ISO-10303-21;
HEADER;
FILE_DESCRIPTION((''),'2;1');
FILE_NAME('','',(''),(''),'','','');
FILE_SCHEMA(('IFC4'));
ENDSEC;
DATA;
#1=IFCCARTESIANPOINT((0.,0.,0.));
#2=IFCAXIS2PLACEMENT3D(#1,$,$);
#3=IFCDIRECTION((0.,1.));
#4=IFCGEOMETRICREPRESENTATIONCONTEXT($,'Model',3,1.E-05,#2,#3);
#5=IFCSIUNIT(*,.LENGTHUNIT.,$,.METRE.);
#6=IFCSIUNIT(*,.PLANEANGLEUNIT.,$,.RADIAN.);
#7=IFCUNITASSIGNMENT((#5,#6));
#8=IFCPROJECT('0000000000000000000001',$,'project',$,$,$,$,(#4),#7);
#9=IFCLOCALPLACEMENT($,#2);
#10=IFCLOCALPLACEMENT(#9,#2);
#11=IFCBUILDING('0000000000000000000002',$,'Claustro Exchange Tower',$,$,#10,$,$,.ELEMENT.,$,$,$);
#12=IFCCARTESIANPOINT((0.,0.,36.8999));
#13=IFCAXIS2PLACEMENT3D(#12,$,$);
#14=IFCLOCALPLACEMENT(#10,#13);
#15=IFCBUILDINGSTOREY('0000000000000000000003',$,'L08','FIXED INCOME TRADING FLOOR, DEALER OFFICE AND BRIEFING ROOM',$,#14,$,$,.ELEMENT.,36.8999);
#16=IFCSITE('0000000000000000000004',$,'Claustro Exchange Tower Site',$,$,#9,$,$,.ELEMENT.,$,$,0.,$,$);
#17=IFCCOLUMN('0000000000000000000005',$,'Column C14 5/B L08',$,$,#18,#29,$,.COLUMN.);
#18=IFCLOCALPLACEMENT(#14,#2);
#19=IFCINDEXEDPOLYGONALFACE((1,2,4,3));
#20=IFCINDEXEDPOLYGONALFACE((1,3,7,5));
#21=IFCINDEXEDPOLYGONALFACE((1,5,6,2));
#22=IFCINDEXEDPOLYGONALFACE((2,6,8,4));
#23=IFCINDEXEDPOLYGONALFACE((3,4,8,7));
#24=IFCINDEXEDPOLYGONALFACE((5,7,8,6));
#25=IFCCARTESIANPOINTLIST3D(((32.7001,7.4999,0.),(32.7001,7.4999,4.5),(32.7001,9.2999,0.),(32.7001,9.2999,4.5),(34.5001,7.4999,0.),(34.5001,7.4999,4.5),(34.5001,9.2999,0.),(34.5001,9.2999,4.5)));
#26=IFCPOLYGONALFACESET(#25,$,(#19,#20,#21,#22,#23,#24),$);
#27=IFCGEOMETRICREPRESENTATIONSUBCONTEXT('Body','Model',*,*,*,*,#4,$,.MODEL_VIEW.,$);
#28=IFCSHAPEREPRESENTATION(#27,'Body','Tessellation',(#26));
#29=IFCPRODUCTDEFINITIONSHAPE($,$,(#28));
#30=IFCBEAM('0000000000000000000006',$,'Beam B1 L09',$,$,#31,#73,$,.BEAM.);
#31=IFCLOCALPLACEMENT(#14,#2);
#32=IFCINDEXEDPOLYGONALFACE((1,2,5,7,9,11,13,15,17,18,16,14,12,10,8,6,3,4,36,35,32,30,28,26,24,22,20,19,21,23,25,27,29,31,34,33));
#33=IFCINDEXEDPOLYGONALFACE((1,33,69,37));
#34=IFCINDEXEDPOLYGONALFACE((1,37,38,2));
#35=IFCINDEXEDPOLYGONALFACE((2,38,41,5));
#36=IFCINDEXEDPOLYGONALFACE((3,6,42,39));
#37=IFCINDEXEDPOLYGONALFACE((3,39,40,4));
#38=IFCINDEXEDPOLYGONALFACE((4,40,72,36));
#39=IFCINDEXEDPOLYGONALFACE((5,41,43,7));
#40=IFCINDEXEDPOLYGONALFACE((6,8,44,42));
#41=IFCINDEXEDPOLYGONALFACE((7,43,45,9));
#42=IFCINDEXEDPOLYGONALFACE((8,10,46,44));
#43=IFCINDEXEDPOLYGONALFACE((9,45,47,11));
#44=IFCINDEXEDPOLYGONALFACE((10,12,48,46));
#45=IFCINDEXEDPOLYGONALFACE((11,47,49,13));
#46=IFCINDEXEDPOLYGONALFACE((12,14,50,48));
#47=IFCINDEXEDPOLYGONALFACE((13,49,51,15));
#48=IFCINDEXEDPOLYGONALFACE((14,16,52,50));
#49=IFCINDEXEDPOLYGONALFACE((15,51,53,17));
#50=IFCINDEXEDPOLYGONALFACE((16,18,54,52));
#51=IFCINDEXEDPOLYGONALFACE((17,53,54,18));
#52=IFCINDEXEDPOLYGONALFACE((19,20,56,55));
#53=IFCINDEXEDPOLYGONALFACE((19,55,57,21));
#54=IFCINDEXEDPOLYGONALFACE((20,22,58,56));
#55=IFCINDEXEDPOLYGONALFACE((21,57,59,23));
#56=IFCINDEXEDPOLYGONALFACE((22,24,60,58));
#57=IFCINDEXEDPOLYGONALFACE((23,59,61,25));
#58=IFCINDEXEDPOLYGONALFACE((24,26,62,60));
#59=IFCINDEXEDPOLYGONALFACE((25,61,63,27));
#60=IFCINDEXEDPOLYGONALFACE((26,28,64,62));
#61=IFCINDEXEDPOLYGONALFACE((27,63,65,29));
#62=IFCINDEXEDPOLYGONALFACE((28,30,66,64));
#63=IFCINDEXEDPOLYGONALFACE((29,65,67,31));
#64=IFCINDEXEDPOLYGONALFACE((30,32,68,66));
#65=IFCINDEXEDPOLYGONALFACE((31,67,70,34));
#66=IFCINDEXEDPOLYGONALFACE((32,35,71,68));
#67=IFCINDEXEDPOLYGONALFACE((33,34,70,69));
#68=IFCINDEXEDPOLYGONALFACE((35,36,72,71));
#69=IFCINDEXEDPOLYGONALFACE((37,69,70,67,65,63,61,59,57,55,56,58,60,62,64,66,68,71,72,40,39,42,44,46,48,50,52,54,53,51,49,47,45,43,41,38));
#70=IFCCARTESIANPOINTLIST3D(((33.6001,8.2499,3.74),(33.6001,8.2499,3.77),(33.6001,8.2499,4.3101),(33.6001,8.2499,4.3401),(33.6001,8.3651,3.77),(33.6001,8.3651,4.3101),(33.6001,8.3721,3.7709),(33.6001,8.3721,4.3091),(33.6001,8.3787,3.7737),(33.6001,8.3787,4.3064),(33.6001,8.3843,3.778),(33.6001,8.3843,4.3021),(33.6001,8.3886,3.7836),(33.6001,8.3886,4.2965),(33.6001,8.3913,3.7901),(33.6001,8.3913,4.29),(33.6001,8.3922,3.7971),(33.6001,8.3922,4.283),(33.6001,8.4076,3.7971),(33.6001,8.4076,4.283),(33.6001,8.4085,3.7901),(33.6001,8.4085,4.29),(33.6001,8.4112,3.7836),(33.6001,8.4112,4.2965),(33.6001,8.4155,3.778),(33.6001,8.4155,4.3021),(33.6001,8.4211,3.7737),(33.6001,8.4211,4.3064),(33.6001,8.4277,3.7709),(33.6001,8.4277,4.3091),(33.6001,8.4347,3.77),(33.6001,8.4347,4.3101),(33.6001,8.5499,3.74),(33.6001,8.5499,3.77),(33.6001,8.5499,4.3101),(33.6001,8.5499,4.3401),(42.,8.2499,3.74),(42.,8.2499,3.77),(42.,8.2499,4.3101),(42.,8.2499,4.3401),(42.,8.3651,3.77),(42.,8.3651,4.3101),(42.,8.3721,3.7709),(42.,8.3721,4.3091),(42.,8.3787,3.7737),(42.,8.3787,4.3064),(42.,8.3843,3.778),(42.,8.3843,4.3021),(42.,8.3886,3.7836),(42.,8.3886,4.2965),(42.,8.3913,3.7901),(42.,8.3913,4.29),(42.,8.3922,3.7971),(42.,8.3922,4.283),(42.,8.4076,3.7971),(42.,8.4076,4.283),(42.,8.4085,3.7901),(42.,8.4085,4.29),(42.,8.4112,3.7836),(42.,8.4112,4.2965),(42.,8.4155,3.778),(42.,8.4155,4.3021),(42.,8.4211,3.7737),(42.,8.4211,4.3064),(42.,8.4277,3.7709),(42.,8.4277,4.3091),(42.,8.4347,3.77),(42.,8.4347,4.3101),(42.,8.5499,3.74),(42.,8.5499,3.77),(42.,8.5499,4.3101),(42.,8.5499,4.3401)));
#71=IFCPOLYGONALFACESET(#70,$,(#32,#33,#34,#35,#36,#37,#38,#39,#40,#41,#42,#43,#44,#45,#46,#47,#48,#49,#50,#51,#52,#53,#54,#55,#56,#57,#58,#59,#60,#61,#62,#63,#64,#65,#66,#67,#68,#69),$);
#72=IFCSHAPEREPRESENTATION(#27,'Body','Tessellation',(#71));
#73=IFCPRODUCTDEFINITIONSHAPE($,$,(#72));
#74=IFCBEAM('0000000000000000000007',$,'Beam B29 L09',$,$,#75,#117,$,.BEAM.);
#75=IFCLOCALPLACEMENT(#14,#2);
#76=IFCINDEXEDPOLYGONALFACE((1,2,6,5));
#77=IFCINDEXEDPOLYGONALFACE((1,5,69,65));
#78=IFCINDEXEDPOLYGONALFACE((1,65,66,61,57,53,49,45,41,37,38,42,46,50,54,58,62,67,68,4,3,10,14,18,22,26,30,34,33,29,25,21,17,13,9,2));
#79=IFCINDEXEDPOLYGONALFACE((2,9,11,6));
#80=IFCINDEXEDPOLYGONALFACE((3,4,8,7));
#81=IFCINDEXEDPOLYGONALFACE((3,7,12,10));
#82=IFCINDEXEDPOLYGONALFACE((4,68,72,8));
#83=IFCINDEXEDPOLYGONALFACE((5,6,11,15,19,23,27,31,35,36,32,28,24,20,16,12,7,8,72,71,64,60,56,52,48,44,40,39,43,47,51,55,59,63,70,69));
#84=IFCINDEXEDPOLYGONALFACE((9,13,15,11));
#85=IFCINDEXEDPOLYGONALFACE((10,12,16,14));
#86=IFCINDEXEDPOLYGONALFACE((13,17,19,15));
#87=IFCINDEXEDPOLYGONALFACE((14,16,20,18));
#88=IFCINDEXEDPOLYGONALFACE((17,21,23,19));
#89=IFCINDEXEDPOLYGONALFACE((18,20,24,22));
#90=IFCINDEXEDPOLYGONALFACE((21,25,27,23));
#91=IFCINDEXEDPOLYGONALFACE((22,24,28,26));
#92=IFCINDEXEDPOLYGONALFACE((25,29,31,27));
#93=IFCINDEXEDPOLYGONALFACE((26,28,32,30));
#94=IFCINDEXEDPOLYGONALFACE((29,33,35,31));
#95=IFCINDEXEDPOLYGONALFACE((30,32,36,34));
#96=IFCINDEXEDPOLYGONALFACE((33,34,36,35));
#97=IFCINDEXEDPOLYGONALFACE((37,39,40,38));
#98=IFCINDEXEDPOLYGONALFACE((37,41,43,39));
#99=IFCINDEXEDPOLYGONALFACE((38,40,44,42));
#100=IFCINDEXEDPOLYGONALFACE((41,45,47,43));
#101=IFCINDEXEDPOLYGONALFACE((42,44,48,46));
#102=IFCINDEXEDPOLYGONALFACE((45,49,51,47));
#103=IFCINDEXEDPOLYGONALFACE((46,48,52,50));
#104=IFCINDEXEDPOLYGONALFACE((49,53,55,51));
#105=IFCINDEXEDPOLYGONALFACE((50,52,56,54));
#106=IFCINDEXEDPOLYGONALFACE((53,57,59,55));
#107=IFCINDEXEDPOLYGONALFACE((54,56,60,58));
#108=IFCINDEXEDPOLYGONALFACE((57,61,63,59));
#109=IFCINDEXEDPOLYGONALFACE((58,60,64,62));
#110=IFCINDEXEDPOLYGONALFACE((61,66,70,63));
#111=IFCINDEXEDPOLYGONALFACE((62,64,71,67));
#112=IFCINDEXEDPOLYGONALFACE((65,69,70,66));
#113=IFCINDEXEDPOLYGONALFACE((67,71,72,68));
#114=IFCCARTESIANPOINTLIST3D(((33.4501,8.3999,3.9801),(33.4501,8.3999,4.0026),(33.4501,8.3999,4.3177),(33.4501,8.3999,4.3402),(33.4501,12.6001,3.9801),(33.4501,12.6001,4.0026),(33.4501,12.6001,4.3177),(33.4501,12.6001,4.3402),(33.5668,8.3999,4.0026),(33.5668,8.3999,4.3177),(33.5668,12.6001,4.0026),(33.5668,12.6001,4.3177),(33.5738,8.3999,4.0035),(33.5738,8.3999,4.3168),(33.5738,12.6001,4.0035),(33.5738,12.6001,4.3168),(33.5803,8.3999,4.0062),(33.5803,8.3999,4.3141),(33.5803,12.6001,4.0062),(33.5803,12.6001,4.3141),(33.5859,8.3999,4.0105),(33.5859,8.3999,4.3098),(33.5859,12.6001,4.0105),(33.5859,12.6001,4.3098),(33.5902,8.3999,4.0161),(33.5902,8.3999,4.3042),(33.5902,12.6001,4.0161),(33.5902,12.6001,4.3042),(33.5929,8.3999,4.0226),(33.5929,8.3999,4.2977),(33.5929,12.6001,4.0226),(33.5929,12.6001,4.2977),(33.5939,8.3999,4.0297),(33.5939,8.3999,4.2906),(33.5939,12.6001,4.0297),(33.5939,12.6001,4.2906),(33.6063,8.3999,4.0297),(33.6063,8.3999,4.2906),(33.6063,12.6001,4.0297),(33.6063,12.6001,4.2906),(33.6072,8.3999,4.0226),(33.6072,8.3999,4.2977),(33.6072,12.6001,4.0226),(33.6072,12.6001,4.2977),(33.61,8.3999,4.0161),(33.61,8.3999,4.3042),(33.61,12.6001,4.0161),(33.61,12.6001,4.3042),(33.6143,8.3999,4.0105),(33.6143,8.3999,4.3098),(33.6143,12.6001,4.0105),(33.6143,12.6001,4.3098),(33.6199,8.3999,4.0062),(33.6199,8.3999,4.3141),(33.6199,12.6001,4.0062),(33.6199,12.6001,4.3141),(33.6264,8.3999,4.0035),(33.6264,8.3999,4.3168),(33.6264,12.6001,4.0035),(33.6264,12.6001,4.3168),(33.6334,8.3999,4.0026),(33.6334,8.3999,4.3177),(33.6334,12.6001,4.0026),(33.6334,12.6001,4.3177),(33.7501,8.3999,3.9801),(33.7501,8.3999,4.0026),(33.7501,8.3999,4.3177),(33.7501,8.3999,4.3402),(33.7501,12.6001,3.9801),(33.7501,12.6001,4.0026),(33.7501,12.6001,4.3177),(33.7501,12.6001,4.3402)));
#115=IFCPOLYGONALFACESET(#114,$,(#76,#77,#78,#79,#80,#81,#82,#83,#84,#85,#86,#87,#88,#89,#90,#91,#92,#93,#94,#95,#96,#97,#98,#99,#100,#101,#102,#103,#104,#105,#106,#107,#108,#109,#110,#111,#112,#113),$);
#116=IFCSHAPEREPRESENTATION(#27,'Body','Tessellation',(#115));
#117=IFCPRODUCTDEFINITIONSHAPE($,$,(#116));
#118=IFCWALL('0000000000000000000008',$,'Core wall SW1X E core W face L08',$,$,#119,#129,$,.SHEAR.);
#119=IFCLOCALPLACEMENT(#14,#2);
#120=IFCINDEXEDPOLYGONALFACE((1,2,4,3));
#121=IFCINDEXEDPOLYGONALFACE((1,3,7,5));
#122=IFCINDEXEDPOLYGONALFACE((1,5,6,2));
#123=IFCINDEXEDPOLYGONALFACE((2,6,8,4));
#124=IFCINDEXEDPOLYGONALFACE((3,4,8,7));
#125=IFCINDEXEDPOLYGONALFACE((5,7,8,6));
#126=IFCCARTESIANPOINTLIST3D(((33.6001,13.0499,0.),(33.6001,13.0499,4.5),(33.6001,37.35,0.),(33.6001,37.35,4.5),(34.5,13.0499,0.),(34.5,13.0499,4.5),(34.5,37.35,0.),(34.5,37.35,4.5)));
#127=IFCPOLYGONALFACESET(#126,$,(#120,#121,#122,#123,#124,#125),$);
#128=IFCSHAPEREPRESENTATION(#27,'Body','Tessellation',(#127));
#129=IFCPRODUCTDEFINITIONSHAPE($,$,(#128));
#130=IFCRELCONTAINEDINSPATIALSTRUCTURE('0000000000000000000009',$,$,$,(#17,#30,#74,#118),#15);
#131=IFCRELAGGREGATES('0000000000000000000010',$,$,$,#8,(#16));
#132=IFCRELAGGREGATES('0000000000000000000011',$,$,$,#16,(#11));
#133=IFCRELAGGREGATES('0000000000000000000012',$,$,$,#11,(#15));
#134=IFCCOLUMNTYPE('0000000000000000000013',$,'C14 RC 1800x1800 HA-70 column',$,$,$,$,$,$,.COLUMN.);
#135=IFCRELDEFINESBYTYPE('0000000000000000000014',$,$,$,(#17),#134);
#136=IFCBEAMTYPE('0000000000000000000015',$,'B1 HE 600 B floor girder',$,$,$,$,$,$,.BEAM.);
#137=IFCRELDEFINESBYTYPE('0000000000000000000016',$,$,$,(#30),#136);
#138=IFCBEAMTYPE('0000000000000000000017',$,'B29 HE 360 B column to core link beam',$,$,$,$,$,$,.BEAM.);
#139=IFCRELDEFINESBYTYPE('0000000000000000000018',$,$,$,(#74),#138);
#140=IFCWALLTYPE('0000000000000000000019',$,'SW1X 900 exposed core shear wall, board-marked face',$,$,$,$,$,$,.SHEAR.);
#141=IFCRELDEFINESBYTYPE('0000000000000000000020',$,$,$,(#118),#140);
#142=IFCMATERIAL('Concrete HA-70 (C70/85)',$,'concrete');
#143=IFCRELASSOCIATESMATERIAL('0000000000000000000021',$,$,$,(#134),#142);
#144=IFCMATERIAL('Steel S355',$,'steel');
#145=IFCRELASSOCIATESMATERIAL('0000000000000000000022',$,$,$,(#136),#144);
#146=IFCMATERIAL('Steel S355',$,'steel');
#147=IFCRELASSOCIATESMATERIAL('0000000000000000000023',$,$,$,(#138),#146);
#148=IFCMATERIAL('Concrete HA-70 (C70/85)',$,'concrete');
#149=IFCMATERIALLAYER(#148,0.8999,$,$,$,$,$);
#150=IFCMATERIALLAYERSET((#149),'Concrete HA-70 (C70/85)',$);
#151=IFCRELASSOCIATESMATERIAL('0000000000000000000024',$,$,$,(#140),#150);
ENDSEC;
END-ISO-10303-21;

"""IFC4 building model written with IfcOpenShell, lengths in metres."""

from ifc_helpers import new_model, si_unit, direction, frame, frame_2d, origin, origin_2d, place, context, subcontext, project, spatial, rectangle, i_section, extrude, material, layer, layer_set, material_profile, profile_set, type_object, element, save


model = new_model("IFC4")

# Units and contexts
model_context = context("Model", 3, precision=1e-05, world=origin(), true_north=direction((0.0, 1.0)))
body_context = subcontext(model_context, "Body", "Model", "MODEL_VIEW")
ifc_project = project(units=[si_unit("LENGTHUNIT", "METRE"), si_unit("PLANEANGLEUNIT", "RADIAN")], contexts=[model_context])

# Site, building, storey
site_placement = place(None, origin())
site = spatial("IfcSite", under=ifc_project, at=site_placement, Name="Claustro Exchange Tower Site", CompositionType="ELEMENT", RefElevation=0.0)
building_placement = place(site_placement, origin())
building = spatial("IfcBuilding", under=site, at=building_placement, Name="Claustro Exchange Tower", CompositionType="ELEMENT")
storey_placement = place(building_placement, frame((0.0, 0.0, 36.8999)))
storey = spatial("IfcBuildingStorey", under=building, at=storey_placement, Name="L08", Description="FIXED INCOME TRADING FLOOR, DEALER OFFICE AND BRIEFING ROOM", CompositionType="ELEMENT", Elevation=36.8999)

# Column
ifc_material_1 = material(Name="Concrete HA-70 (C70/85)", Category="concrete")
ifc_material_profile_1 = material_profile(ifc_material_1, rectangle(XDim=1.8, YDim=1.8, at=origin_2d()), Name="RC 1800x1800")
ifc_profile_set_1 = profile_set([ifc_material_profile_1], Name="Concrete HA-70 (C70/85)")
column_type = type_object("IfcColumnType", Name="C14 RC 1800x1800 HA-70 column", PredefinedType="COLUMN", material=ifc_profile_set_1)
column_placement = place(storey_placement, frame((33.6001, 8.3999, 0.0), z_axis=(0.0, 0.0, 1.0), x_axis=(1.0, 0.0, 0.0)))
element("IfcColumn", 1, at=column_placement, inside=storey, type_object=column_type, Name="Column C14 5/B L08", PredefinedType="COLUMN", context=body_context, shape_type="SweptSolid", body=[
    extrude(rectangle(XDim=1.8, YDim=1.8, at=origin_2d()), origin(), (0.0, 0.0, 1.0), 4.5),
])

# Beams
ifc_material_2 = material(Name="Steel S355", Category="steel")
ifc_material_profile_2 = material_profile(ifc_material_2, i_section(OverallWidth=0.3, OverallDepth=0.6001, WebThickness=0.0154, FlangeThickness=0.03, FilletRadius=0.0271, at=origin_2d()), Name="HE 600 B")
ifc_profile_set_2 = profile_set([ifc_material_profile_2], Name="Steel S355")
beam_type_1 = type_object("IfcBeamType", Name="B1 HE 600 B floor girder", PredefinedType="BEAM", material=ifc_profile_set_2)
beam_1_placement = place(storey_placement, frame((33.6001, 8.3999, 4.04), z_axis=(1.0, 0.0, 0.0), x_axis=(0.0, 1.0, 0.0)))
element("IfcBeam", 2, at=beam_1_placement, inside=storey, type_object=beam_type_1, Name="Beam B1 L09", PredefinedType="BEAM", context=body_context, shape_type="SweptSolid", body=[
    extrude(i_section(OverallWidth=0.3, OverallDepth=0.6001, WebThickness=0.0154, FlangeThickness=0.03, FilletRadius=0.0271, at=origin_2d()), origin(), (0.0, 0.0, 1.0), 8.3999),
])
ifc_material_3 = material(Name="Steel S355", Category="steel")
ifc_material_profile_3 = material_profile(ifc_material_3, i_section(OverallWidth=0.3, OverallDepth=0.3601, WebThickness=0.0125, FlangeThickness=0.0225, FilletRadius=0.0271, at=origin_2d()), Name="HE 360 B")
ifc_profile_set_3 = profile_set([ifc_material_profile_3], Name="Steel S355")
beam_type_2 = type_object("IfcBeamType", Name="B29 HE 360 B column to core link beam", PredefinedType="BEAM", material=ifc_profile_set_3)
beam_2_placement = place(storey_placement, frame((33.6001, 8.3999, 4.1602), z_axis=(0.0, 1.0, 0.0), x_axis=(-1.0, 0.0, 0.0)))
element("IfcBeam", 3, at=beam_2_placement, inside=storey, type_object=beam_type_2, Name="Beam B29 L09", PredefinedType="BEAM", context=body_context, shape_type="SweptSolid", body=[
    extrude(i_section(OverallWidth=0.3, OverallDepth=0.3601, WebThickness=0.0125, FlangeThickness=0.0225, FilletRadius=0.0271, at=origin_2d()), origin(), (0.0, 0.0, 1.0), 4.2002),
])

# Wall
ifc_material_4 = material(Name="Concrete HA-70 (C70/85)", Category="concrete")
ifc_layer_1 = layer(ifc_material_4, 0.8999)
ifc_layer_set_1 = layer_set([ifc_layer_1], Name="Concrete HA-70 (C70/85)")
wall_type_1 = type_object("IfcWallType", Name="SW1X 900 exposed core shear wall, board-marked face", PredefinedType="SHEAR", material=ifc_layer_set_1)
wall_1_placement = place(storey_placement, frame((34.05, 13.05, 0.0), z_axis=(0.0, 0.0, 1.0), x_axis=(0.0, 1.0, 0.0)))
element("IfcWall", 4, at=wall_1_placement, inside=storey, type_object=wall_type_1, Name="Core wall SW1X E core W face L08", PredefinedType="SHEAR", context=body_context, shape_type="SweptSolid", body=[
    extrude(rectangle(XDim=24.3, YDim=0.8999, at=frame_2d((12.1499, 0.0))), origin(), (0.0, 0.0, 1.0), 4.5),
])

save(model, "model.ifc")
